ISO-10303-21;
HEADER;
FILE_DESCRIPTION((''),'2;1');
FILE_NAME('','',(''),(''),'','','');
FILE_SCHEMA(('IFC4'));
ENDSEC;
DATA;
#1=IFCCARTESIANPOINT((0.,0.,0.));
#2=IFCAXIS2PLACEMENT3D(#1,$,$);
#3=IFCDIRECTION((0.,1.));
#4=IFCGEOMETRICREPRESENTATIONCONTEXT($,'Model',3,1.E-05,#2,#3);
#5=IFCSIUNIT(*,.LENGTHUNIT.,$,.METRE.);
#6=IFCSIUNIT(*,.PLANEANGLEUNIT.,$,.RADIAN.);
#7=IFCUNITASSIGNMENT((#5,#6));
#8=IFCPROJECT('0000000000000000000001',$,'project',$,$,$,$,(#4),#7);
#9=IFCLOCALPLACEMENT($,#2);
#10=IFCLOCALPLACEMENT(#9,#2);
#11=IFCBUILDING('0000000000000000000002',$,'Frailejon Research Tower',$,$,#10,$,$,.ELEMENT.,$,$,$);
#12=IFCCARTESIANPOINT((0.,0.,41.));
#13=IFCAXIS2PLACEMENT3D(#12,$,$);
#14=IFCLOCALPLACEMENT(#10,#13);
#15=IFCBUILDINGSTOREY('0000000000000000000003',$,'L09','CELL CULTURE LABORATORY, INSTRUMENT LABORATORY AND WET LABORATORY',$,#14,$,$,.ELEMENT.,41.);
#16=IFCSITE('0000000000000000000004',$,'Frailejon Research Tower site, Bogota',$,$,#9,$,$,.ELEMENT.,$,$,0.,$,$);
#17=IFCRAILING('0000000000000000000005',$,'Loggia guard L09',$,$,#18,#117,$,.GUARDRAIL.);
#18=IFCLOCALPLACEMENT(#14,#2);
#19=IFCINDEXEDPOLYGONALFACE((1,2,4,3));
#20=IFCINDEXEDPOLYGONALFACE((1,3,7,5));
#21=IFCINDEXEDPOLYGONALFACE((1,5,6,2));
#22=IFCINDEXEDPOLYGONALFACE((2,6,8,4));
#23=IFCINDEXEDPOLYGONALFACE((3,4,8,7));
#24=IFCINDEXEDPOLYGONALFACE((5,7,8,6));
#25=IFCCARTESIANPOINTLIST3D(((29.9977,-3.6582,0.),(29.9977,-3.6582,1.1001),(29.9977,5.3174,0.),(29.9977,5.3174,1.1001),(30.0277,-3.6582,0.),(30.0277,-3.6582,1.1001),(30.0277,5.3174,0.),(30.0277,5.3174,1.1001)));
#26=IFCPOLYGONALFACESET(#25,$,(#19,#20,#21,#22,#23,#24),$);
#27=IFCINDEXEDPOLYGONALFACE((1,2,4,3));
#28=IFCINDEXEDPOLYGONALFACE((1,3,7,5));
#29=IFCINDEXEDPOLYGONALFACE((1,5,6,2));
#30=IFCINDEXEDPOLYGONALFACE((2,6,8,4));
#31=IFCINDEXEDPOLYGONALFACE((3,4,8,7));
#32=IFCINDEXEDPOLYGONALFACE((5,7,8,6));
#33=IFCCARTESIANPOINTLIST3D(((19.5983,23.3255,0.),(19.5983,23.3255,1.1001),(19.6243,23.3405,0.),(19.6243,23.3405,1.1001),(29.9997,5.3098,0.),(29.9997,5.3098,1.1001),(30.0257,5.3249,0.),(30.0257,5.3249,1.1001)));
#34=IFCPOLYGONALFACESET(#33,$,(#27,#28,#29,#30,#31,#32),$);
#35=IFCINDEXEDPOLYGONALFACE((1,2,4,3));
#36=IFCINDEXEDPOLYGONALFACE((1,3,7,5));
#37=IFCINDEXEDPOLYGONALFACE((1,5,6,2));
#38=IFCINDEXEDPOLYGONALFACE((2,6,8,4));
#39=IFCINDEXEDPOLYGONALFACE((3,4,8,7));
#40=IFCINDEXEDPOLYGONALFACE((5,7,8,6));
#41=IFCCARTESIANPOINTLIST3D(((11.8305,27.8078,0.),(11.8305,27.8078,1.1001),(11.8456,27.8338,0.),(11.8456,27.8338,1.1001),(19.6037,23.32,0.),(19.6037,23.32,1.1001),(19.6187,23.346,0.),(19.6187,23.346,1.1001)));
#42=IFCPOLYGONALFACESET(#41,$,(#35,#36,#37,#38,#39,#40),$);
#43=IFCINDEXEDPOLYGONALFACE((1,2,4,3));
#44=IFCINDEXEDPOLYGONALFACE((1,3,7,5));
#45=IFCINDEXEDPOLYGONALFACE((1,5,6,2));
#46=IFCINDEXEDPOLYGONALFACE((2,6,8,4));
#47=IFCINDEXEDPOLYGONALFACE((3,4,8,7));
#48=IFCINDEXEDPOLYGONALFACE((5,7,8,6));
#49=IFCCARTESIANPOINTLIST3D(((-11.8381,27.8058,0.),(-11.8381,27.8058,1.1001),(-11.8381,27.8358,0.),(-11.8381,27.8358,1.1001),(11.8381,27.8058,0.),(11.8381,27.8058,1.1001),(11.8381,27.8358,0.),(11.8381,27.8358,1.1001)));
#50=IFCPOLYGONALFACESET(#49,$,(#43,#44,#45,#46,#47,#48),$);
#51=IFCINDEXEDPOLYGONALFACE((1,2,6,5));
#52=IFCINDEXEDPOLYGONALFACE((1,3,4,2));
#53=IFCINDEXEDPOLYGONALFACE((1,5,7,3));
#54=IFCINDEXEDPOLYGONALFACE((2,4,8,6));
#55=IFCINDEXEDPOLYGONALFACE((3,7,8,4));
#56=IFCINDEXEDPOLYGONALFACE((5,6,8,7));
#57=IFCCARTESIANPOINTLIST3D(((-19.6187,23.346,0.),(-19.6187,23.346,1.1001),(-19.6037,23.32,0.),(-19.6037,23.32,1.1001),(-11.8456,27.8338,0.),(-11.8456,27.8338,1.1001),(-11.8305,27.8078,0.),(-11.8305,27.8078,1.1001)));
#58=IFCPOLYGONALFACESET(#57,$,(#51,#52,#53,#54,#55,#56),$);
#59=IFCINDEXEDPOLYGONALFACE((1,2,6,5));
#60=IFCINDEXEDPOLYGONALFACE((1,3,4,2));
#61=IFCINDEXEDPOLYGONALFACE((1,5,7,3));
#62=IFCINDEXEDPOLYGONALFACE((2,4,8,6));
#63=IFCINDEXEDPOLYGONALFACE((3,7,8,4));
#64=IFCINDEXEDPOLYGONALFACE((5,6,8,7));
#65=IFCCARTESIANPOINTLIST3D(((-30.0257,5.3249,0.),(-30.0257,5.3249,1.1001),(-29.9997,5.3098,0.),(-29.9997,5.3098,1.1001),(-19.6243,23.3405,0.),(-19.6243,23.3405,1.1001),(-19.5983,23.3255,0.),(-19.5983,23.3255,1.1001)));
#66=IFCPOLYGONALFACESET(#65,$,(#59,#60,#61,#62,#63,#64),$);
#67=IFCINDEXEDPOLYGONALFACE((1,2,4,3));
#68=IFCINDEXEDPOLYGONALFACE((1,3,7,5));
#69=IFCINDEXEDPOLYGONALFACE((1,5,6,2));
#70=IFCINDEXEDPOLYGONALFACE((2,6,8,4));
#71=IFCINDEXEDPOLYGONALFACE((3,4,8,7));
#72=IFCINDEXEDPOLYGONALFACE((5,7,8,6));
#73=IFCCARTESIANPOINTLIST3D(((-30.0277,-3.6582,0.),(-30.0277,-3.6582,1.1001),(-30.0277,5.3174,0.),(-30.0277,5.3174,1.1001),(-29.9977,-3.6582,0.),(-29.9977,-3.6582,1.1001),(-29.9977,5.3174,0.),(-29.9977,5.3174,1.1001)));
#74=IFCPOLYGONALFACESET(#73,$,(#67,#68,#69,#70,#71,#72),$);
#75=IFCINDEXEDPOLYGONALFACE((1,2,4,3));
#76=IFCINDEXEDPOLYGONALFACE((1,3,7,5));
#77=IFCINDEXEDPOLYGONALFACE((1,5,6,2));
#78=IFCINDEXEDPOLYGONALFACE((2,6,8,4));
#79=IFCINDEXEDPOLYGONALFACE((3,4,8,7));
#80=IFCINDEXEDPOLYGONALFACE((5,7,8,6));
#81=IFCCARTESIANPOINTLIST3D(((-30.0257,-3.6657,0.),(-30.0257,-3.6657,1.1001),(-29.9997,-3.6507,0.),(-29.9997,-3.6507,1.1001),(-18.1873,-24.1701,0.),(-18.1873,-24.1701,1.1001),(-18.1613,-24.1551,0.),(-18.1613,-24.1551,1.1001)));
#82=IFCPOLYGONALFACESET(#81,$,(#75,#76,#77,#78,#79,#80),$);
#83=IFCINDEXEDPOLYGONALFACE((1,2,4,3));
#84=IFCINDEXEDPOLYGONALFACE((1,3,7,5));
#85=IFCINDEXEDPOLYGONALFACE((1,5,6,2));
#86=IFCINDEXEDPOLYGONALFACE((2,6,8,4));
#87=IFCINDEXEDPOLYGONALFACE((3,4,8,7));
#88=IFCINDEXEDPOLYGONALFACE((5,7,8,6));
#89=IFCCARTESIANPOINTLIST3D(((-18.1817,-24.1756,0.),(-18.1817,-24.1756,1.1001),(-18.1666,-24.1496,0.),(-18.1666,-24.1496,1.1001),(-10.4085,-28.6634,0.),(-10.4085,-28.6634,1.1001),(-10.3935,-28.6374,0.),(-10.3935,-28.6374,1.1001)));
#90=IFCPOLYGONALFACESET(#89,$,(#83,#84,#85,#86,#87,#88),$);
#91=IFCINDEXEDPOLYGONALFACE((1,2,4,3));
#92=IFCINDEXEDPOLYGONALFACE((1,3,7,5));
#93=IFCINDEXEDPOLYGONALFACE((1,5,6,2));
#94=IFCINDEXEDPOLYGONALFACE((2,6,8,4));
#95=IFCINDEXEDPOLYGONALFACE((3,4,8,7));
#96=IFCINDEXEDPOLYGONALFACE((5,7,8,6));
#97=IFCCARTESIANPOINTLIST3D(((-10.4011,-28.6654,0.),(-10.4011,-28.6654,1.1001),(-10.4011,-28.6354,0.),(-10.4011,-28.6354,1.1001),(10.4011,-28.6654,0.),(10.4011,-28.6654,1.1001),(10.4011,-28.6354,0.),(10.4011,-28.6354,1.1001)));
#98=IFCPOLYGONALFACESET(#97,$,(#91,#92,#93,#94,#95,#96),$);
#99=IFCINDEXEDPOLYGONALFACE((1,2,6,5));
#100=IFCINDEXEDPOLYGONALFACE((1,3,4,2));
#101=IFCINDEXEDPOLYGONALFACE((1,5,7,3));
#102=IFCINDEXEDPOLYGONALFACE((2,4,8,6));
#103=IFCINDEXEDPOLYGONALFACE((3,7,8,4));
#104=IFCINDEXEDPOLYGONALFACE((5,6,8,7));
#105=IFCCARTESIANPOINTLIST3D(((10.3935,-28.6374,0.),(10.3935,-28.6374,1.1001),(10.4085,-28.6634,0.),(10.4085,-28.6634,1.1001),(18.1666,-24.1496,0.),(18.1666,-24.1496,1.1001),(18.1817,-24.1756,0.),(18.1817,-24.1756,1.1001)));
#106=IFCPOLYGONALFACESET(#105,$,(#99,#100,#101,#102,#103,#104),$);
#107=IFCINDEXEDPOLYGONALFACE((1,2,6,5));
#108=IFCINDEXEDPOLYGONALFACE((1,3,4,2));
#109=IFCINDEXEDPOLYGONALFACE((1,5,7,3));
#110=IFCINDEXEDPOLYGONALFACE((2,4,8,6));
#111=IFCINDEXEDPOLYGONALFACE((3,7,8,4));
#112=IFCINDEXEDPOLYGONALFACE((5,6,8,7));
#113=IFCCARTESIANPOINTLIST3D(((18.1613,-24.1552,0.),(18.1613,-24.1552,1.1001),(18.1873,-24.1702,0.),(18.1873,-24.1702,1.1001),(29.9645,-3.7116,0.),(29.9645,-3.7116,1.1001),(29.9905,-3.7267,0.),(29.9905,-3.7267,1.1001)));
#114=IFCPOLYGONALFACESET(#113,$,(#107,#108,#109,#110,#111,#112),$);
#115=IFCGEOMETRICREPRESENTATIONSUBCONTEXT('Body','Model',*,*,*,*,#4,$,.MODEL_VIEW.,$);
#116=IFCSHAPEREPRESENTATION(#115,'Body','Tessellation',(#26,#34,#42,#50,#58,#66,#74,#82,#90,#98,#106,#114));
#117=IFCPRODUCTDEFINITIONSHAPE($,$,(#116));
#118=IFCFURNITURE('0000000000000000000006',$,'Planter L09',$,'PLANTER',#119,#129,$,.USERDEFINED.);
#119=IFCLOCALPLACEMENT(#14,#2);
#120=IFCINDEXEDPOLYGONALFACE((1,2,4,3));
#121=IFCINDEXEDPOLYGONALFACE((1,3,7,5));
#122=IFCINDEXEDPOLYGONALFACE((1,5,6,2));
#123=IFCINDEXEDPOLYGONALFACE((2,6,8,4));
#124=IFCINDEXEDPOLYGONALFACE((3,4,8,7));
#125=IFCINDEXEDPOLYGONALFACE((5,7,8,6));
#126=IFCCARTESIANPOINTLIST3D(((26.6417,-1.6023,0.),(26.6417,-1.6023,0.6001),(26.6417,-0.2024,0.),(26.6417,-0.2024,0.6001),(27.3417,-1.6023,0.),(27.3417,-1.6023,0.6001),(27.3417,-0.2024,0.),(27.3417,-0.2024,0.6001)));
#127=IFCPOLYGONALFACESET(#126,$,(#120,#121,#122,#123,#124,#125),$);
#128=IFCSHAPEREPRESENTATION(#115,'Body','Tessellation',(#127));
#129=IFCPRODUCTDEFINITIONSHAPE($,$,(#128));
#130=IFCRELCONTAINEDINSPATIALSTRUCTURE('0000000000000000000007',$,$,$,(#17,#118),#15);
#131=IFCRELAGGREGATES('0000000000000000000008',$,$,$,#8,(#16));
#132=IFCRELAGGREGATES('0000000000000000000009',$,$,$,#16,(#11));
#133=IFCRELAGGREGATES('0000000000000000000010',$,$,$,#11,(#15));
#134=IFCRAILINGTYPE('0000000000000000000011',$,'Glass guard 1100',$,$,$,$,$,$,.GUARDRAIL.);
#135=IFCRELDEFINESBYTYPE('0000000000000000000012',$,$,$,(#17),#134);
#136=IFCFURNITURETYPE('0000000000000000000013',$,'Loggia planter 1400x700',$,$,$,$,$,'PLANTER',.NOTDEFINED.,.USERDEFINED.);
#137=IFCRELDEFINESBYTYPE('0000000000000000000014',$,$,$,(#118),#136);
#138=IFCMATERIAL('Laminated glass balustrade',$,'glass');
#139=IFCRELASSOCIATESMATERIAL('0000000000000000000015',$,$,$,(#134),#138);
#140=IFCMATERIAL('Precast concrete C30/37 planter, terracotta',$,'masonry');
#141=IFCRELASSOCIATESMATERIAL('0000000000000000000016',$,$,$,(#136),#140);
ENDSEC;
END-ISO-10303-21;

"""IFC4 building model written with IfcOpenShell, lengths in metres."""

from ifc_helpers import new_model, si_unit, direction, frame, origin, origin_2d, place, context, subcontext, project, spatial, rectangle, extrude, material, type_object, element, save


model = new_model("IFC4")

# Units and contexts
model_context = context("Model", 3, precision=1e-05, world=origin(), true_north=direction((0.0, 1.0)))
body_context = subcontext(model_context, "Body", "Model", "MODEL_VIEW")
ifc_project = project(units=[si_unit("LENGTHUNIT", "METRE"), si_unit("PLANEANGLEUNIT", "RADIAN")], contexts=[model_context])

# Site, building, storey
site_placement = place(None, origin())
site = spatial("IfcSite", under=ifc_project, at=site_placement, Name="Frailejon Research Tower site, Bogota", CompositionType="ELEMENT", RefElevation=0.0)
building_placement = place(site_placement, origin())
building = spatial("IfcBuilding", under=site, at=building_placement, Name="Frailejon Research Tower", CompositionType="ELEMENT")
storey_placement = place(building_placement, frame((0.0, 0.0, 41.0)))
storey = spatial("IfcBuildingStorey", under=building, at=storey_placement, Name="L09", Description="CELL CULTURE LABORATORY, INSTRUMENT LABORATORY AND WET LABORATORY", CompositionType="ELEMENT", Elevation=41.0)

# Railing
ifc_material_1 = material(Name="Laminated glass balustrade", Category="glass")
railing_type = type_object("IfcRailingType", Name="Glass guard 1100", PredefinedType="GUARDRAIL", material=ifc_material_1)
railing_placement = place(storey_placement, frame((30.0127, -3.6582, 0.0)))
element("IfcRailing", 1, at=railing_placement, inside=storey, type_object=railing_type, Name="Loggia guard L09", PredefinedType="GUARDRAIL", context=body_context, shape_type="SweptSolid", body=[
    extrude(rectangle(XDim=8.9756, YDim=0.03, at=origin_2d()), frame((0.0, 4.4878, 0.0), z_axis=(0.0, 0.0, 1.0), x_axis=(0.0, 1.0, 0.0)), (0.0, 0.0, 1.0), 1.1001),
    extrude(rectangle(XDim=20.8027, YDim=0.03, at=origin_2d()), frame((-5.2007, 17.9834, 0.0), z_axis=(0.0, 0.0, 1.0), x_axis=(-0.500001, 0.866025, 0.0)), (0.0, 0.0, 1.0), 1.1001),
    extrude(rectangle(XDim=8.9756, YDim=0.03, at=origin_2d()), frame((-14.2881, 29.2351, 0.0), z_axis=(0.0, 0.0, 1.0), x_axis=(-0.866028, 0.499995, 0.0)), (0.0, 0.0, 1.0), 1.1001),
    extrude(rectangle(XDim=23.6763, YDim=0.03, at=origin_2d()), frame((-30.0127, 31.479, 0.0), z_axis=(0.0, 0.0, 1.0), x_axis=(-1.0, 0.0, 0.0)), (0.0, 0.0, 1.0), 1.1001),
    extrude(rectangle(XDim=8.9756, YDim=0.03, at=origin_2d()), frame((-45.7373, 29.2351, 0.0), z_axis=(0.0, 0.0, 1.0), x_axis=(-0.866028, -0.499995, 0.0)), (0.0, 0.0, 1.0), 1.1001),
    extrude(rectangle(XDim=20.8027, YDim=0.03, at=origin_2d()), frame((-54.8247, 17.9834, 0.0), z_axis=(0.0, 0.0, 1.0), x_axis=(-0.500001, -0.866025, 0.0)), (0.0, 0.0, 1.0), 1.1001),
    extrude(rectangle(XDim=8.9756, YDim=0.03, at=origin_2d()), frame((-60.0254, 4.4878, 0.0), z_axis=(0.0, 0.0, 1.0), x_axis=(0.0, -1.0, 0.0)), (0.0, 0.0, 1.0), 1.1001),
    extrude(rectangle(XDim=23.6765, YDim=0.03, at=origin_2d()), frame((-54.1062, -10.2522, 0.0), z_axis=(0.0, 0.0, 1.0), x_axis=(0.500005, -0.866022, 0.0)), (0.0, 0.0, 1.0), 1.1001),
    extrude(rectangle(XDim=8.9756, YDim=0.03, at=origin_2d()), frame((-44.3003, -22.7483, 0.0), z_axis=(0.0, 0.0, 1.0), x_axis=(0.866028, -0.499995, 0.0)), (0.0, 0.0, 1.0), 1.1001),
    extrude(rectangle(XDim=20.8022, YDim=0.03, at=origin_2d()), frame((-30.0127, -24.9922, 0.0), z_axis=(0.0, 0.0, 1.0), x_axis=(1.0, 0.0, 0.0)), (0.0, 0.0, 1.0), 1.1001),
    extrude(rectangle(XDim=8.9756, YDim=0.03, at=origin_2d()), frame((-15.7251, -22.7483, 0.0), z_axis=(0.0, 0.0, 1.0), x_axis=(0.866028, 0.499995, 0.0)), (0.0, 0.0, 1.0), 1.1001),
    extrude(rectangle(XDim=23.6062, YDim=0.03, at=origin_2d()), frame((-5.9368, -10.2827, 0.0), z_axis=(0.0, 0.0, 1.0), x_axis=(0.500003, 0.866024, 0.0)), (0.0, 0.0, 1.0), 1.1001),
])

# Furniture
ifc_material_2 = material(Name="Precast concrete C30/37 planter, terracotta", Category="masonry")
furniture_type = type_object("IfcFurnitureType", Name="Loggia planter 1400x700", ElementType="PLANTER", AssemblyPlace="NOTDEFINED", PredefinedType="USERDEFINED", material=ifc_material_2)
furniture_placement = place(storey_placement, frame((26.9917, -0.9023, 0.0), z_axis=(0.0, 0.0, 1.0), x_axis=(0.0, 1.0, 0.0)))
element("IfcFurniture", 2, at=furniture_placement, inside=storey, type_object=furniture_type, Name="Planter L09", ObjectType="PLANTER", PredefinedType="USERDEFINED", context=body_context, shape_type="SweptSolid", body=[
    extrude(rectangle(XDim=1.3999, YDim=0.7, at=origin_2d()), origin(), (0.0, 0.0, 1.0), 0.6001),
])

save(model, "model.ifc")
